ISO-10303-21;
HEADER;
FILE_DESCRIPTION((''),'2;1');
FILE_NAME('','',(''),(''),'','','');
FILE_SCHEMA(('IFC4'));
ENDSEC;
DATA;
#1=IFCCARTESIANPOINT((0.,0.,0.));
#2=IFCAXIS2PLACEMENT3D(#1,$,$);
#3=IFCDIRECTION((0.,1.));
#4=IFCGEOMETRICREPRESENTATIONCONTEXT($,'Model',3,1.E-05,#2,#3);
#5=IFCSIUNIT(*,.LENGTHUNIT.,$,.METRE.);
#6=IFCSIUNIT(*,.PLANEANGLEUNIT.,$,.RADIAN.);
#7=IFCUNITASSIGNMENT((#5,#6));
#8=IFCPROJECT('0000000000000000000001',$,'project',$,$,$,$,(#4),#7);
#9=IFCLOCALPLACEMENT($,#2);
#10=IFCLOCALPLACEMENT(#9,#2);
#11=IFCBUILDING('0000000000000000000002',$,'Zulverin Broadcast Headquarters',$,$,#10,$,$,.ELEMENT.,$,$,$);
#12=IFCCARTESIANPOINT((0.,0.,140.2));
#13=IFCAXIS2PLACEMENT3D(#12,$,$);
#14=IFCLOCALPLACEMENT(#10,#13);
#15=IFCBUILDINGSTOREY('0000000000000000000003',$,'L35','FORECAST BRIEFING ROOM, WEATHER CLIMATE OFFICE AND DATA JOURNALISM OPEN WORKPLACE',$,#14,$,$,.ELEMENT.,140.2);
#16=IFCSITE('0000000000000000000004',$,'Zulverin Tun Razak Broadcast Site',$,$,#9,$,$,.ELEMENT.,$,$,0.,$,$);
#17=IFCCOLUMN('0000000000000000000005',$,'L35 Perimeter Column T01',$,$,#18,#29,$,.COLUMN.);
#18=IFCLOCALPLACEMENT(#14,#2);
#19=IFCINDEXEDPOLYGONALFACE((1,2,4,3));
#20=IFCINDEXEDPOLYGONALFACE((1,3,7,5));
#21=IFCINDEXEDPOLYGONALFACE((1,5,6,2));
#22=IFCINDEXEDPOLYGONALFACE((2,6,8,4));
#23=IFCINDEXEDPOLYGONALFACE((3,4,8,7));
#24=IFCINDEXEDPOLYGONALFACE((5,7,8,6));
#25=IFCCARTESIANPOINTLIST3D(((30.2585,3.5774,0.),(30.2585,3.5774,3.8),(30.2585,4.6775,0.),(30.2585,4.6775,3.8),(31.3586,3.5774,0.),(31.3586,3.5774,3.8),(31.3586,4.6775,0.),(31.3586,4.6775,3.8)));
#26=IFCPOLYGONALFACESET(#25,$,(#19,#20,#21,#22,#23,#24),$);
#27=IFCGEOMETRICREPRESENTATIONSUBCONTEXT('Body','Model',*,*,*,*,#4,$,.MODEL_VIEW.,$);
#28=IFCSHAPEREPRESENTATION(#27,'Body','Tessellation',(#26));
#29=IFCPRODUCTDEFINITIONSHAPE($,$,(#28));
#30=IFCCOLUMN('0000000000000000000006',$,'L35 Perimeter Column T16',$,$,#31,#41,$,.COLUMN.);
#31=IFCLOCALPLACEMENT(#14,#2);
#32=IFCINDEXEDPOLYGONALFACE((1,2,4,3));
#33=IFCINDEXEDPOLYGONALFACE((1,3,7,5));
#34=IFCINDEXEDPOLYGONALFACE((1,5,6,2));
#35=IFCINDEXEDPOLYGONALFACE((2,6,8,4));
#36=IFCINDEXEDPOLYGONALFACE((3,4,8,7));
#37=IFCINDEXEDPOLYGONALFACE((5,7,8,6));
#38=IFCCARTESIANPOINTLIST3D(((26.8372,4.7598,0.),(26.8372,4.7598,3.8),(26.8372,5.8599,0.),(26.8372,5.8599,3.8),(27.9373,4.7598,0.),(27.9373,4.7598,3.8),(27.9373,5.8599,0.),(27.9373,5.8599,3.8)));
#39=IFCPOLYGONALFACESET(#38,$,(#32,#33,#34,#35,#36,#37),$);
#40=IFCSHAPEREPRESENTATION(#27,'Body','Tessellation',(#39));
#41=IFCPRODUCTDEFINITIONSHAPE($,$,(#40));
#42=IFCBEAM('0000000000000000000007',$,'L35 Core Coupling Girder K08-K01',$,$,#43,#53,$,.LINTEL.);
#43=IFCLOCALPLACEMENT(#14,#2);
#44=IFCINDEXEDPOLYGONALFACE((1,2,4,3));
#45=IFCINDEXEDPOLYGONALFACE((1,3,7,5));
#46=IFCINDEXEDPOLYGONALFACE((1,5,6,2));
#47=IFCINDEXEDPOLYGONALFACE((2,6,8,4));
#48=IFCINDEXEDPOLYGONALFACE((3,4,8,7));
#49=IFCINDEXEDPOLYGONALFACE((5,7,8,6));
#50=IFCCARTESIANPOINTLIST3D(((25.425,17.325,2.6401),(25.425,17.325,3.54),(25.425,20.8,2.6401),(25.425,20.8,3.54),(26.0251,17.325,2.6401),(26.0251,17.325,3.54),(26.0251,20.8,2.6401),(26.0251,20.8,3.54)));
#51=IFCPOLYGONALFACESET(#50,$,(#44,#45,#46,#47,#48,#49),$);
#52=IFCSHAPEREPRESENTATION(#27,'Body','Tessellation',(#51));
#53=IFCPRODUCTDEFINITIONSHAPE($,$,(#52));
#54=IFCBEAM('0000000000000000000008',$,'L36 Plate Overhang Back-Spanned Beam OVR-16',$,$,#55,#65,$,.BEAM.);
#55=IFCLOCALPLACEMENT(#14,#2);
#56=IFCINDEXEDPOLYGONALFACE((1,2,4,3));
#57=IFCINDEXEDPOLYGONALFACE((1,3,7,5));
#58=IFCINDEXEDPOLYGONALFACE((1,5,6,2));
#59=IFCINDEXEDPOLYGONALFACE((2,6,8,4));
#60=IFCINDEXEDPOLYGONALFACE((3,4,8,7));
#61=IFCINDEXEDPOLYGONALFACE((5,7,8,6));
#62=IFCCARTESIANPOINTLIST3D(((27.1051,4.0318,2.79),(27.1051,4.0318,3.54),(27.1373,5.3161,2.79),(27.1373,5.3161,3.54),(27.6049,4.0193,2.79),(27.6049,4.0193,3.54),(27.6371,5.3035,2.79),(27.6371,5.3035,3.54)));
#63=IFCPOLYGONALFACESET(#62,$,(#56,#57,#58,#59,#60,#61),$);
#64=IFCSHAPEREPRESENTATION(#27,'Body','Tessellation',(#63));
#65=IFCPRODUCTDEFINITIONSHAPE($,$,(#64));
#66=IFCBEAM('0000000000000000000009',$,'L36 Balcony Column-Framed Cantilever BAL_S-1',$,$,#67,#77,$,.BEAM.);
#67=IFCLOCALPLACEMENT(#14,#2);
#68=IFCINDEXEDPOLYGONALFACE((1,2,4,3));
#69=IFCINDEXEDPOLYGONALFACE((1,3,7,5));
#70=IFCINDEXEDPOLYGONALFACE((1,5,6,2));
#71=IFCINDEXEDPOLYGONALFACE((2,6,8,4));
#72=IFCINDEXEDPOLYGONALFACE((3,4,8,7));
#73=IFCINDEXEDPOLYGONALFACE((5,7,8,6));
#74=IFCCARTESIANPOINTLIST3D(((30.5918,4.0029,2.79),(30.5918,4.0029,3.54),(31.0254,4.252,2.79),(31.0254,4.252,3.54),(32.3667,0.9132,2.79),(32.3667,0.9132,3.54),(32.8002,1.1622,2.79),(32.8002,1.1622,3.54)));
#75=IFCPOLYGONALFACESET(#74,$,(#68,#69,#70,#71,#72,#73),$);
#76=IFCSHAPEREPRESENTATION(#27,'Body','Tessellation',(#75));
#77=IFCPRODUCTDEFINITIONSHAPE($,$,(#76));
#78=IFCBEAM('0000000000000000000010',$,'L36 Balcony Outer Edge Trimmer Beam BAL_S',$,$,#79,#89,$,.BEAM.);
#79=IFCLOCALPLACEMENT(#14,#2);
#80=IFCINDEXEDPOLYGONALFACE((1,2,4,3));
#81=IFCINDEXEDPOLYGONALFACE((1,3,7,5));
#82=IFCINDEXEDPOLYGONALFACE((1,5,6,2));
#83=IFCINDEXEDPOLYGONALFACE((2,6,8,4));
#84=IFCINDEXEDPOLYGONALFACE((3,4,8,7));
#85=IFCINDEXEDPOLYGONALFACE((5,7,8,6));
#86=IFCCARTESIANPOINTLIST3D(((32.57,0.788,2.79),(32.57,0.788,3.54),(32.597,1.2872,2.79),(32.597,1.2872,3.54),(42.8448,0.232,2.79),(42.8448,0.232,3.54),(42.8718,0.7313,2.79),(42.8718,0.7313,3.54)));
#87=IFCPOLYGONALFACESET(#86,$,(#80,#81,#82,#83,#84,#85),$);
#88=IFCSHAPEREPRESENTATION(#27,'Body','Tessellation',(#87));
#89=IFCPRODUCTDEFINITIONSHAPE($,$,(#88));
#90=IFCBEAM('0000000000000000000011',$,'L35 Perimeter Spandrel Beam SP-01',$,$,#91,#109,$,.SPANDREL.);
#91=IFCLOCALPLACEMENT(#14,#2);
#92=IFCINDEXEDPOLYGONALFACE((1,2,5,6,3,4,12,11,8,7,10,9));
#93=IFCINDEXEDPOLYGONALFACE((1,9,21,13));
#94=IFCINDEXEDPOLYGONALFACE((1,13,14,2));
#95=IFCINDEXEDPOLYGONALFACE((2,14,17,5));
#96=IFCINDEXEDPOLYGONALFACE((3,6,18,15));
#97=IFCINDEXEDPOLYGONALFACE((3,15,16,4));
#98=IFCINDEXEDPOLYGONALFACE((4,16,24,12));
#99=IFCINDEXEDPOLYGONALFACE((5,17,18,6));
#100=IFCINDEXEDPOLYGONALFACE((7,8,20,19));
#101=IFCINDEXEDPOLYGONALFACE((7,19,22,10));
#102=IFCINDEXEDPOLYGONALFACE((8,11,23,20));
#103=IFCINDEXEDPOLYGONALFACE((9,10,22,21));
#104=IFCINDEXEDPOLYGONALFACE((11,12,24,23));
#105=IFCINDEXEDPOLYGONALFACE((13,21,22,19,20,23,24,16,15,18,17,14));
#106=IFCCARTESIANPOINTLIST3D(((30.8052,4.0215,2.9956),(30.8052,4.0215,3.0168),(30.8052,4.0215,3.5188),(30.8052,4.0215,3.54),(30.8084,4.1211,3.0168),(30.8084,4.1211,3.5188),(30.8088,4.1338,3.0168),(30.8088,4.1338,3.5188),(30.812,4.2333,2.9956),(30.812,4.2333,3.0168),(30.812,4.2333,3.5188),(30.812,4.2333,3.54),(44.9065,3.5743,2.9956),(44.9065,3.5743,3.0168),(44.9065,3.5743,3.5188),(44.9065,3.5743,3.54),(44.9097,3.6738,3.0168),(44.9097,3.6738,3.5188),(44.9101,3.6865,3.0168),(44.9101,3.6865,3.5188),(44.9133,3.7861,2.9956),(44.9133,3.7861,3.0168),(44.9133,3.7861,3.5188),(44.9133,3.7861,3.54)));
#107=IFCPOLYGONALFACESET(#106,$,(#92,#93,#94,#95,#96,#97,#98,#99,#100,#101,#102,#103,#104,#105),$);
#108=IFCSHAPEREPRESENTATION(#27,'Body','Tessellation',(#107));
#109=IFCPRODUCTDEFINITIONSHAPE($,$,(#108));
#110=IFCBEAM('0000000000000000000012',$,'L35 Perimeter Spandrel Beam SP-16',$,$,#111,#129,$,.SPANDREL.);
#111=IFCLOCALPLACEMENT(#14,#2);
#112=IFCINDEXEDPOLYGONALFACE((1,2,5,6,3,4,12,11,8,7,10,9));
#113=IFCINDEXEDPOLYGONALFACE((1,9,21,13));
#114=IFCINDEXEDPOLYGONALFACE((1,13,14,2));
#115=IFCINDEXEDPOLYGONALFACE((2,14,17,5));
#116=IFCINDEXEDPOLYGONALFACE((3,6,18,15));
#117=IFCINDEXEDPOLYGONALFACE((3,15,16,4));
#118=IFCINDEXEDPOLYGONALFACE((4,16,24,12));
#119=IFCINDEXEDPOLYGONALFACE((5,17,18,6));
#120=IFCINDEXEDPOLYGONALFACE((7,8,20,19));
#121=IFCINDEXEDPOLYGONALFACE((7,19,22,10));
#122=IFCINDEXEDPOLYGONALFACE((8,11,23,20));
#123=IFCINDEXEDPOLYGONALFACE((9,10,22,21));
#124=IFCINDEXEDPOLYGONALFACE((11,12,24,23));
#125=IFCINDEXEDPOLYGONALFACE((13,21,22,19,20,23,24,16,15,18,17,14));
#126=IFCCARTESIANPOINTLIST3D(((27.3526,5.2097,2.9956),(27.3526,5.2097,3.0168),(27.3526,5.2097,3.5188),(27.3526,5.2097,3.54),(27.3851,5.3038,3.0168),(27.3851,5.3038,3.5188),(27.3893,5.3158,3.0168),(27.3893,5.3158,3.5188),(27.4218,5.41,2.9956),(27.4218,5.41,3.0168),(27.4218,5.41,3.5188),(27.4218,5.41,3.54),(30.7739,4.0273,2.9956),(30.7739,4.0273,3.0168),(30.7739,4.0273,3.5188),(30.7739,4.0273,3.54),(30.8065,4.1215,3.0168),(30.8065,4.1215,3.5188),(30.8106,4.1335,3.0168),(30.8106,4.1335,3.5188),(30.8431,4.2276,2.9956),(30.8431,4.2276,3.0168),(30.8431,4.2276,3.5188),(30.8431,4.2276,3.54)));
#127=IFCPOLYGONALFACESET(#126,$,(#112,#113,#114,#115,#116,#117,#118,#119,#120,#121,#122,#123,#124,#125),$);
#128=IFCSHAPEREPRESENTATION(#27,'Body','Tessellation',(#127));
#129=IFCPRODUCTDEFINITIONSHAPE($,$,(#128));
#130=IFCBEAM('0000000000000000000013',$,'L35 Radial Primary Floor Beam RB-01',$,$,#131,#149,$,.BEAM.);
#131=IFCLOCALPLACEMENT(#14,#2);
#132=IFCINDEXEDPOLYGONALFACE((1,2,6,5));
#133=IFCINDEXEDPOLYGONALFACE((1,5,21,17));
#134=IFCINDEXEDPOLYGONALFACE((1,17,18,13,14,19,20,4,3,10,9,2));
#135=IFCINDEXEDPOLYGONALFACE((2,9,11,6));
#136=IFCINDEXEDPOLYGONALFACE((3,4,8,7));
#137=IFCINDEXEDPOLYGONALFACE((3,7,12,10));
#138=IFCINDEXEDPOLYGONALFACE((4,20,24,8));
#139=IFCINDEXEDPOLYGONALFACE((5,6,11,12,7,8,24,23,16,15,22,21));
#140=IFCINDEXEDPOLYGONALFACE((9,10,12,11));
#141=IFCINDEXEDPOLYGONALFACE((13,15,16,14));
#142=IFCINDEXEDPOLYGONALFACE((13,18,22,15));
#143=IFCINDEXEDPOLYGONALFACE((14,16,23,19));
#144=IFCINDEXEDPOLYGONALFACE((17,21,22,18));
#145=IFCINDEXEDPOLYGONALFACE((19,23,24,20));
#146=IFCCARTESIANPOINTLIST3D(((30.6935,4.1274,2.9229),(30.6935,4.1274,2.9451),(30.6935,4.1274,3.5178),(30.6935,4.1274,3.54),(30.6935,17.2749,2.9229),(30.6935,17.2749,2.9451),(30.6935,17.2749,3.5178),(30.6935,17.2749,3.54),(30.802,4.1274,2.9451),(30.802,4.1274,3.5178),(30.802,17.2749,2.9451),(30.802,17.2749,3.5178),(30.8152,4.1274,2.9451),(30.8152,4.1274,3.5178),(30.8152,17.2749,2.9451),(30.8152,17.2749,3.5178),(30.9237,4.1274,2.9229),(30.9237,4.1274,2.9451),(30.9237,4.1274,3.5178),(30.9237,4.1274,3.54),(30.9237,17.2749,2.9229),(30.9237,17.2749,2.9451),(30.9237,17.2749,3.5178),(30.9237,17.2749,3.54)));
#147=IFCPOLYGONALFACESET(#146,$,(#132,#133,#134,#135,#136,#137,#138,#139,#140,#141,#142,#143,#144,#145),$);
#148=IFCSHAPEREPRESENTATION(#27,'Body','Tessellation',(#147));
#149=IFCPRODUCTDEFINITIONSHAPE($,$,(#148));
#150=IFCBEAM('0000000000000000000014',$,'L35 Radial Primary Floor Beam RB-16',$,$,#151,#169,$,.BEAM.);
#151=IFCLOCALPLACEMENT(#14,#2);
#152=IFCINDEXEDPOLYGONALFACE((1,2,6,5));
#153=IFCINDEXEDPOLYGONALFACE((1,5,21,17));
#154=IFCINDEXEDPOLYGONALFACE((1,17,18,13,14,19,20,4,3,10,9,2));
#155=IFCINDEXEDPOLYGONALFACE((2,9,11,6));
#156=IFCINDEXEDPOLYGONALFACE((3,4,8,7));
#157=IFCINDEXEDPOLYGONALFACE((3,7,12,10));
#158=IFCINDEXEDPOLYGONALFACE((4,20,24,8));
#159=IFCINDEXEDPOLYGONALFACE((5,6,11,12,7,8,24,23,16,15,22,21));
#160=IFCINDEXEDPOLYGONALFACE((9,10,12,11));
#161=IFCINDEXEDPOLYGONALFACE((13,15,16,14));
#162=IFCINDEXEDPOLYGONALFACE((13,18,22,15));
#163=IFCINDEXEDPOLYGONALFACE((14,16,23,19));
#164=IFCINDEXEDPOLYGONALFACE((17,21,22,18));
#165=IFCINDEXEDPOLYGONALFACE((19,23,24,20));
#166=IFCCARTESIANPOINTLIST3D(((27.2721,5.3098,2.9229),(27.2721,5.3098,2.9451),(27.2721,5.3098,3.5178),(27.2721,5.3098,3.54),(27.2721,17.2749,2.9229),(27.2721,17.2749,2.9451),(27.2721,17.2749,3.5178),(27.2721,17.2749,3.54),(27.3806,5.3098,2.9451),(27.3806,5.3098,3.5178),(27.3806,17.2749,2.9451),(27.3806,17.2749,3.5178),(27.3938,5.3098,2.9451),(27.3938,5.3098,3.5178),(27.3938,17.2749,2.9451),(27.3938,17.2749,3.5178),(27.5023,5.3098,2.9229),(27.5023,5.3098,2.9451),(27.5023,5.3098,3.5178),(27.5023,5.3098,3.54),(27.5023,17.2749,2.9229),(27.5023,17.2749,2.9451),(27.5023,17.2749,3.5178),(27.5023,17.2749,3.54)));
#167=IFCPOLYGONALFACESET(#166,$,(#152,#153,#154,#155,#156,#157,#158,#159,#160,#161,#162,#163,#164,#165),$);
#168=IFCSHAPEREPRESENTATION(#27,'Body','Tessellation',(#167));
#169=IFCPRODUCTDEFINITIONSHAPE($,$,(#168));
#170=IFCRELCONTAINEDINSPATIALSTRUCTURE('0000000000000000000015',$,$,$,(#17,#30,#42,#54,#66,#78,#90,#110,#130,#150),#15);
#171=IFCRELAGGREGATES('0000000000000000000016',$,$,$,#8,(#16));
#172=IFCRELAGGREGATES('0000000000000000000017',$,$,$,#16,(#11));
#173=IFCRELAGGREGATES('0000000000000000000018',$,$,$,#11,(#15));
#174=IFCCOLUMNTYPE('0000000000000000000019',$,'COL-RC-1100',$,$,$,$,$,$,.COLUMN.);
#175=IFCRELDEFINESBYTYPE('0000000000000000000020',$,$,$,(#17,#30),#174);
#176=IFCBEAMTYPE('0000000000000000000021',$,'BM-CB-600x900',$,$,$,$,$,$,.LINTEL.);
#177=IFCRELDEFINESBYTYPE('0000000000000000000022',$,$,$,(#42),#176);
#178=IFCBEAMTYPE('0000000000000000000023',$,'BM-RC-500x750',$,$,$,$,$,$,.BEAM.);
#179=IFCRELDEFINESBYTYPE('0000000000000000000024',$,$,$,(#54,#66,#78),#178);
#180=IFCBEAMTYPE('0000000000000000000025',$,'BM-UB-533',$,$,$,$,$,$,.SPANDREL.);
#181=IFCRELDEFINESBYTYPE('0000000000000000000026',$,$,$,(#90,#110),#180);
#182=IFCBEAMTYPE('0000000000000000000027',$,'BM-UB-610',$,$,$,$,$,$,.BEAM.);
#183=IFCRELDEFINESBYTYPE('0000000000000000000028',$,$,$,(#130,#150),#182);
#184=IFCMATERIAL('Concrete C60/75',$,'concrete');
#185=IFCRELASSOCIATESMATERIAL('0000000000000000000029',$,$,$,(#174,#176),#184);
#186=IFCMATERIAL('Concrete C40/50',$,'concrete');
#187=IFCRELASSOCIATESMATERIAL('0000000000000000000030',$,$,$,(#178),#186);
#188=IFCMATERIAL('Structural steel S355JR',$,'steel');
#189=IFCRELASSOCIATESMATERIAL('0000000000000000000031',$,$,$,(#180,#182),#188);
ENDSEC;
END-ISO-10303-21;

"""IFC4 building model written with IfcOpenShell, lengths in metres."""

from ifc_helpers import new_model, si_unit, direction, frame, origin, origin_2d, place, context, subcontext, project, spatial, rectangle, i_section, extrude, material, material_profile, profile_set, type_object, element, save


model = new_model("IFC4")

# Units and contexts
model_context = context("Model", 3, precision=1e-05, world=origin(), true_north=direction((0.0, 1.0)))
body_context = subcontext(model_context, "Body", "Model", "MODEL_VIEW")
ifc_project = project(units=[si_unit("LENGTHUNIT", "METRE"), si_unit("PLANEANGLEUNIT", "RADIAN")], contexts=[model_context])

# Site, building, storey
site_placement = place(None, origin())
site = spatial("IfcSite", under=ifc_project, at=site_placement, Name="Zulverin Tun Razak Broadcast Site", CompositionType="ELEMENT", RefElevation=0.0)
building_placement = place(site_placement, origin())
building = spatial("IfcBuilding", under=site, at=building_placement, Name="Zulverin Broadcast Headquarters", CompositionType="ELEMENT")
storey_placement = place(building_placement, frame((0.0, 0.0, 140.2)))
storey = spatial("IfcBuildingStorey", under=building, at=storey_placement, Name="L35", Description="FORECAST BRIEFING ROOM, WEATHER CLIMATE OFFICE AND DATA JOURNALISM OPEN WORKPLACE", CompositionType="ELEMENT", Elevation=140.2)

# Columns
ifc_material_1 = material(Name="Concrete C60/75", Category="concrete")
ifc_material_profile_1 = material_profile(ifc_material_1, rectangle(XDim=1.1001, YDim=1.1001, at=origin_2d()), Name="Concrete C60/75", Category="concrete")
ifc_profile_set_1 = profile_set([ifc_material_profile_1], Name="Concrete C60/75")
column_type = type_object("IfcColumnType", Name="COL-RC-1100", PredefinedType="COLUMN", material=ifc_profile_set_1)
for number, where, z_axis, x_axis, name in (
    (1, (30.8086, 4.1274, 0.0), (0.0, 0.0, 1.0), (1.0, 0.0, 0.0), "L35 Perimeter Column T01"),
    (2, (27.3872, 5.3098, 0.0), (0.0, 0.0, 1.0), (1.0, 0.0, 0.0), "L35 Perimeter Column T16"),
):
    element("IfcColumn", number, at=place(storey_placement, frame(where, z_axis=z_axis, x_axis=x_axis)), inside=storey, type_object=column_type, Name=name, PredefinedType="COLUMN", context=body_context, shape_type="SweptSolid", body=[
        extrude(rectangle(XDim=1.1001, YDim=1.1001, at=origin_2d()), origin(), (0.0, 0.0, 1.0), 3.8),
    ])

# Beams
ifc_material_profile_2 = material_profile(ifc_material_1, rectangle(XDim=0.6001, YDim=0.8999, at=origin_2d()), Name="Concrete C60/75", Category="concrete")
ifc_profile_set_2 = profile_set([ifc_material_profile_2], Name="Concrete C60/75")
beam_type_1 = type_object("IfcBeamType", Name="BM-CB-600x900", PredefinedType="LINTEL", material=ifc_profile_set_2)
beam_1_placement = place(storey_placement, frame((25.7251, 20.8, 3.0901), z_axis=(0.0, -1.0, 0.0), x_axis=(1.0, 0.0, 0.0)))
element("IfcBeam", 3, at=beam_1_placement, inside=storey, type_object=beam_type_1, Name="L35 Core Coupling Girder K08-K01", PredefinedType="LINTEL", context=body_context, shape_type="SweptSolid", body=[
    extrude(rectangle(XDim=0.6001, YDim=0.8999, at=origin_2d()), origin(), (0.0, 0.0, 1.0), 3.4751),
])
ifc_material_2 = material(Name="Concrete C40/50", Category="concrete")
ifc_material_profile_3 = material_profile(ifc_material_2, rectangle(XDim=0.5, YDim=0.75, at=origin_2d()), Name="Concrete C40/50", Category="concrete")
ifc_profile_set_3 = profile_set([ifc_material_profile_3], Name="Concrete C40/50")
beam_type_2 = type_object("IfcBeamType", Name="BM-RC-500x750", PredefinedType="BEAM", material=ifc_profile_set_3)
beam_2_placement = place(storey_placement, frame((27.3872, 5.3098, 3.165), z_axis=(-0.025087, -0.999685, 0.0), x_axis=(0.999685, -0.025087, 0.0)))
element("IfcBeam", 4, at=beam_2_placement, inside=storey, type_object=beam_type_2, Name="L36 Plate Overhang Back-Spanned Beam OVR-16", PredefinedType="BEAM", context=body_context, shape_type="SweptSolid", body=[
    extrude(rectangle(XDim=0.5, YDim=0.75, at=origin_2d()), origin(), (0.0, 0.0, 1.0), 1.2847),
])
beam_3_placement = place(storey_placement, frame((30.8086, 4.1274, 3.165), z_axis=(0.4981, -0.867119, 0.0), x_axis=(0.867119, 0.4981, 0.0)))
element("IfcBeam", 5, at=beam_3_placement, inside=storey, type_object=beam_type_2, Name="L36 Balcony Column-Framed Cantilever BAL_S-1", PredefinedType="BEAM", context=body_context, shape_type="SweptSolid", body=[
    extrude(rectangle(XDim=0.5, YDim=0.75, at=origin_2d()), origin(), (0.0, 0.0, 1.0), 3.5632),
])
beam_4_placement = place(storey_placement, frame((32.5835, 1.0376, 3.165), z_axis=(0.99854, -0.054026, 0.0), x_axis=(0.054026, 0.99854, 0.0)))
element("IfcBeam", 6, at=beam_4_placement, inside=storey, type_object=beam_type_2, Name="L36 Balcony Outer Edge Trimmer Beam BAL_S", PredefinedType="BEAM", context=body_context, shape_type="SweptSolid", body=[
    extrude(rectangle(XDim=0.5, YDim=0.75, at=origin_2d()), origin(), (0.0, 0.0, 1.0), 10.2898),
])
ifc_material_3 = material(Name="Structural steel S355JR", Category="steel")
ifc_material_profile_4 = material_profile(ifc_material_3, i_section(OverallWidth=0.2119, OverallDepth=0.5444, WebThickness=0.0127, FlangeThickness=0.0212, at=origin_2d()), Name="Structural steel S355JR", Category="steel")
ifc_profile_set_4 = profile_set([ifc_material_profile_4], Name="Structural steel S355JR")
beam_type_3 = type_object("IfcBeamType", Name="BM-UB-533", PredefinedType="SPANDREL", material=ifc_profile_set_4)
beam_5_placement = place(storey_placement, frame((30.8086, 4.1274, 3.2678), z_axis=(0.999497, -0.031702, 0.0), x_axis=(0.031702, 0.999497, 0.0)))
element("IfcBeam", 7, at=beam_5_placement, inside=storey, type_object=beam_type_3, Name="L35 Perimeter Spandrel Beam SP-01", PredefinedType="SPANDREL", context=body_context, shape_type="SweptSolid", body=[
    extrude(i_section(OverallWidth=0.2119, OverallDepth=0.5444, WebThickness=0.0127, FlangeThickness=0.0212, at=origin_2d()), origin(), (0.0, 0.0, 1.0), 14.1084),
])
beam_6_placement = place(storey_placement, frame((27.3872, 5.3098, 3.2678), z_axis=(0.945153, -0.326629, 0.0), x_axis=(0.326629, 0.945153, 0.0)))
element("IfcBeam", 8, at=beam_6_placement, inside=storey, type_object=beam_type_3, Name="L35 Perimeter Spandrel Beam SP-16", PredefinedType="SPANDREL", context=body_context, shape_type="SweptSolid", body=[
    extrude(i_section(OverallWidth=0.2119, OverallDepth=0.5444, WebThickness=0.0127, FlangeThickness=0.0212, at=origin_2d()), origin(), (0.0, 0.0, 1.0), 3.6199),
])
ifc_material_profile_5 = material_profile(ifc_material_3, i_section(OverallWidth=0.2302, OverallDepth=0.6172, WebThickness=0.0132, FlangeThickness=0.0222, at=origin_2d()), Name="Structural steel S355JR", Category="steel")
ifc_profile_set_5 = profile_set([ifc_material_profile_5], Name="Structural steel S355JR")
beam_type_4 = type_object("IfcBeamType", Name="BM-UB-610", PredefinedType="BEAM", material=ifc_profile_set_5)
beam_7_placement = place(storey_placement, frame((30.8086, 17.2749, 3.2314), z_axis=(0.0, -1.0, 0.0), x_axis=(1.0, 0.0, 0.0)))
element("IfcBeam", 9, at=beam_7_placement, inside=storey, type_object=beam_type_4, Name="L35 Radial Primary Floor Beam RB-01", PredefinedType="BEAM", context=body_context, shape_type="SweptSolid", body=[
    extrude(i_section(OverallWidth=0.2302, OverallDepth=0.6172, WebThickness=0.0132, FlangeThickness=0.0222, at=origin_2d()), origin(), (0.0, 0.0, 1.0), 13.1475),
])
beam_8_placement = place(storey_placement, frame((27.3872, 17.2749, 3.2314), z_axis=(0.0, -1.0, 0.0), x_axis=(1.0, 0.0, 0.0)))
element("IfcBeam", 10, at=beam_8_placement, inside=storey, type_object=beam_type_4, Name="L35 Radial Primary Floor Beam RB-16", PredefinedType="BEAM", context=body_context, shape_type="SweptSolid", body=[
    extrude(i_section(OverallWidth=0.2302, OverallDepth=0.6172, WebThickness=0.0132, FlangeThickness=0.0222, at=origin_2d()), origin(), (0.0, 0.0, 1.0), 11.9651),
])

save(model, "model.ifc")
